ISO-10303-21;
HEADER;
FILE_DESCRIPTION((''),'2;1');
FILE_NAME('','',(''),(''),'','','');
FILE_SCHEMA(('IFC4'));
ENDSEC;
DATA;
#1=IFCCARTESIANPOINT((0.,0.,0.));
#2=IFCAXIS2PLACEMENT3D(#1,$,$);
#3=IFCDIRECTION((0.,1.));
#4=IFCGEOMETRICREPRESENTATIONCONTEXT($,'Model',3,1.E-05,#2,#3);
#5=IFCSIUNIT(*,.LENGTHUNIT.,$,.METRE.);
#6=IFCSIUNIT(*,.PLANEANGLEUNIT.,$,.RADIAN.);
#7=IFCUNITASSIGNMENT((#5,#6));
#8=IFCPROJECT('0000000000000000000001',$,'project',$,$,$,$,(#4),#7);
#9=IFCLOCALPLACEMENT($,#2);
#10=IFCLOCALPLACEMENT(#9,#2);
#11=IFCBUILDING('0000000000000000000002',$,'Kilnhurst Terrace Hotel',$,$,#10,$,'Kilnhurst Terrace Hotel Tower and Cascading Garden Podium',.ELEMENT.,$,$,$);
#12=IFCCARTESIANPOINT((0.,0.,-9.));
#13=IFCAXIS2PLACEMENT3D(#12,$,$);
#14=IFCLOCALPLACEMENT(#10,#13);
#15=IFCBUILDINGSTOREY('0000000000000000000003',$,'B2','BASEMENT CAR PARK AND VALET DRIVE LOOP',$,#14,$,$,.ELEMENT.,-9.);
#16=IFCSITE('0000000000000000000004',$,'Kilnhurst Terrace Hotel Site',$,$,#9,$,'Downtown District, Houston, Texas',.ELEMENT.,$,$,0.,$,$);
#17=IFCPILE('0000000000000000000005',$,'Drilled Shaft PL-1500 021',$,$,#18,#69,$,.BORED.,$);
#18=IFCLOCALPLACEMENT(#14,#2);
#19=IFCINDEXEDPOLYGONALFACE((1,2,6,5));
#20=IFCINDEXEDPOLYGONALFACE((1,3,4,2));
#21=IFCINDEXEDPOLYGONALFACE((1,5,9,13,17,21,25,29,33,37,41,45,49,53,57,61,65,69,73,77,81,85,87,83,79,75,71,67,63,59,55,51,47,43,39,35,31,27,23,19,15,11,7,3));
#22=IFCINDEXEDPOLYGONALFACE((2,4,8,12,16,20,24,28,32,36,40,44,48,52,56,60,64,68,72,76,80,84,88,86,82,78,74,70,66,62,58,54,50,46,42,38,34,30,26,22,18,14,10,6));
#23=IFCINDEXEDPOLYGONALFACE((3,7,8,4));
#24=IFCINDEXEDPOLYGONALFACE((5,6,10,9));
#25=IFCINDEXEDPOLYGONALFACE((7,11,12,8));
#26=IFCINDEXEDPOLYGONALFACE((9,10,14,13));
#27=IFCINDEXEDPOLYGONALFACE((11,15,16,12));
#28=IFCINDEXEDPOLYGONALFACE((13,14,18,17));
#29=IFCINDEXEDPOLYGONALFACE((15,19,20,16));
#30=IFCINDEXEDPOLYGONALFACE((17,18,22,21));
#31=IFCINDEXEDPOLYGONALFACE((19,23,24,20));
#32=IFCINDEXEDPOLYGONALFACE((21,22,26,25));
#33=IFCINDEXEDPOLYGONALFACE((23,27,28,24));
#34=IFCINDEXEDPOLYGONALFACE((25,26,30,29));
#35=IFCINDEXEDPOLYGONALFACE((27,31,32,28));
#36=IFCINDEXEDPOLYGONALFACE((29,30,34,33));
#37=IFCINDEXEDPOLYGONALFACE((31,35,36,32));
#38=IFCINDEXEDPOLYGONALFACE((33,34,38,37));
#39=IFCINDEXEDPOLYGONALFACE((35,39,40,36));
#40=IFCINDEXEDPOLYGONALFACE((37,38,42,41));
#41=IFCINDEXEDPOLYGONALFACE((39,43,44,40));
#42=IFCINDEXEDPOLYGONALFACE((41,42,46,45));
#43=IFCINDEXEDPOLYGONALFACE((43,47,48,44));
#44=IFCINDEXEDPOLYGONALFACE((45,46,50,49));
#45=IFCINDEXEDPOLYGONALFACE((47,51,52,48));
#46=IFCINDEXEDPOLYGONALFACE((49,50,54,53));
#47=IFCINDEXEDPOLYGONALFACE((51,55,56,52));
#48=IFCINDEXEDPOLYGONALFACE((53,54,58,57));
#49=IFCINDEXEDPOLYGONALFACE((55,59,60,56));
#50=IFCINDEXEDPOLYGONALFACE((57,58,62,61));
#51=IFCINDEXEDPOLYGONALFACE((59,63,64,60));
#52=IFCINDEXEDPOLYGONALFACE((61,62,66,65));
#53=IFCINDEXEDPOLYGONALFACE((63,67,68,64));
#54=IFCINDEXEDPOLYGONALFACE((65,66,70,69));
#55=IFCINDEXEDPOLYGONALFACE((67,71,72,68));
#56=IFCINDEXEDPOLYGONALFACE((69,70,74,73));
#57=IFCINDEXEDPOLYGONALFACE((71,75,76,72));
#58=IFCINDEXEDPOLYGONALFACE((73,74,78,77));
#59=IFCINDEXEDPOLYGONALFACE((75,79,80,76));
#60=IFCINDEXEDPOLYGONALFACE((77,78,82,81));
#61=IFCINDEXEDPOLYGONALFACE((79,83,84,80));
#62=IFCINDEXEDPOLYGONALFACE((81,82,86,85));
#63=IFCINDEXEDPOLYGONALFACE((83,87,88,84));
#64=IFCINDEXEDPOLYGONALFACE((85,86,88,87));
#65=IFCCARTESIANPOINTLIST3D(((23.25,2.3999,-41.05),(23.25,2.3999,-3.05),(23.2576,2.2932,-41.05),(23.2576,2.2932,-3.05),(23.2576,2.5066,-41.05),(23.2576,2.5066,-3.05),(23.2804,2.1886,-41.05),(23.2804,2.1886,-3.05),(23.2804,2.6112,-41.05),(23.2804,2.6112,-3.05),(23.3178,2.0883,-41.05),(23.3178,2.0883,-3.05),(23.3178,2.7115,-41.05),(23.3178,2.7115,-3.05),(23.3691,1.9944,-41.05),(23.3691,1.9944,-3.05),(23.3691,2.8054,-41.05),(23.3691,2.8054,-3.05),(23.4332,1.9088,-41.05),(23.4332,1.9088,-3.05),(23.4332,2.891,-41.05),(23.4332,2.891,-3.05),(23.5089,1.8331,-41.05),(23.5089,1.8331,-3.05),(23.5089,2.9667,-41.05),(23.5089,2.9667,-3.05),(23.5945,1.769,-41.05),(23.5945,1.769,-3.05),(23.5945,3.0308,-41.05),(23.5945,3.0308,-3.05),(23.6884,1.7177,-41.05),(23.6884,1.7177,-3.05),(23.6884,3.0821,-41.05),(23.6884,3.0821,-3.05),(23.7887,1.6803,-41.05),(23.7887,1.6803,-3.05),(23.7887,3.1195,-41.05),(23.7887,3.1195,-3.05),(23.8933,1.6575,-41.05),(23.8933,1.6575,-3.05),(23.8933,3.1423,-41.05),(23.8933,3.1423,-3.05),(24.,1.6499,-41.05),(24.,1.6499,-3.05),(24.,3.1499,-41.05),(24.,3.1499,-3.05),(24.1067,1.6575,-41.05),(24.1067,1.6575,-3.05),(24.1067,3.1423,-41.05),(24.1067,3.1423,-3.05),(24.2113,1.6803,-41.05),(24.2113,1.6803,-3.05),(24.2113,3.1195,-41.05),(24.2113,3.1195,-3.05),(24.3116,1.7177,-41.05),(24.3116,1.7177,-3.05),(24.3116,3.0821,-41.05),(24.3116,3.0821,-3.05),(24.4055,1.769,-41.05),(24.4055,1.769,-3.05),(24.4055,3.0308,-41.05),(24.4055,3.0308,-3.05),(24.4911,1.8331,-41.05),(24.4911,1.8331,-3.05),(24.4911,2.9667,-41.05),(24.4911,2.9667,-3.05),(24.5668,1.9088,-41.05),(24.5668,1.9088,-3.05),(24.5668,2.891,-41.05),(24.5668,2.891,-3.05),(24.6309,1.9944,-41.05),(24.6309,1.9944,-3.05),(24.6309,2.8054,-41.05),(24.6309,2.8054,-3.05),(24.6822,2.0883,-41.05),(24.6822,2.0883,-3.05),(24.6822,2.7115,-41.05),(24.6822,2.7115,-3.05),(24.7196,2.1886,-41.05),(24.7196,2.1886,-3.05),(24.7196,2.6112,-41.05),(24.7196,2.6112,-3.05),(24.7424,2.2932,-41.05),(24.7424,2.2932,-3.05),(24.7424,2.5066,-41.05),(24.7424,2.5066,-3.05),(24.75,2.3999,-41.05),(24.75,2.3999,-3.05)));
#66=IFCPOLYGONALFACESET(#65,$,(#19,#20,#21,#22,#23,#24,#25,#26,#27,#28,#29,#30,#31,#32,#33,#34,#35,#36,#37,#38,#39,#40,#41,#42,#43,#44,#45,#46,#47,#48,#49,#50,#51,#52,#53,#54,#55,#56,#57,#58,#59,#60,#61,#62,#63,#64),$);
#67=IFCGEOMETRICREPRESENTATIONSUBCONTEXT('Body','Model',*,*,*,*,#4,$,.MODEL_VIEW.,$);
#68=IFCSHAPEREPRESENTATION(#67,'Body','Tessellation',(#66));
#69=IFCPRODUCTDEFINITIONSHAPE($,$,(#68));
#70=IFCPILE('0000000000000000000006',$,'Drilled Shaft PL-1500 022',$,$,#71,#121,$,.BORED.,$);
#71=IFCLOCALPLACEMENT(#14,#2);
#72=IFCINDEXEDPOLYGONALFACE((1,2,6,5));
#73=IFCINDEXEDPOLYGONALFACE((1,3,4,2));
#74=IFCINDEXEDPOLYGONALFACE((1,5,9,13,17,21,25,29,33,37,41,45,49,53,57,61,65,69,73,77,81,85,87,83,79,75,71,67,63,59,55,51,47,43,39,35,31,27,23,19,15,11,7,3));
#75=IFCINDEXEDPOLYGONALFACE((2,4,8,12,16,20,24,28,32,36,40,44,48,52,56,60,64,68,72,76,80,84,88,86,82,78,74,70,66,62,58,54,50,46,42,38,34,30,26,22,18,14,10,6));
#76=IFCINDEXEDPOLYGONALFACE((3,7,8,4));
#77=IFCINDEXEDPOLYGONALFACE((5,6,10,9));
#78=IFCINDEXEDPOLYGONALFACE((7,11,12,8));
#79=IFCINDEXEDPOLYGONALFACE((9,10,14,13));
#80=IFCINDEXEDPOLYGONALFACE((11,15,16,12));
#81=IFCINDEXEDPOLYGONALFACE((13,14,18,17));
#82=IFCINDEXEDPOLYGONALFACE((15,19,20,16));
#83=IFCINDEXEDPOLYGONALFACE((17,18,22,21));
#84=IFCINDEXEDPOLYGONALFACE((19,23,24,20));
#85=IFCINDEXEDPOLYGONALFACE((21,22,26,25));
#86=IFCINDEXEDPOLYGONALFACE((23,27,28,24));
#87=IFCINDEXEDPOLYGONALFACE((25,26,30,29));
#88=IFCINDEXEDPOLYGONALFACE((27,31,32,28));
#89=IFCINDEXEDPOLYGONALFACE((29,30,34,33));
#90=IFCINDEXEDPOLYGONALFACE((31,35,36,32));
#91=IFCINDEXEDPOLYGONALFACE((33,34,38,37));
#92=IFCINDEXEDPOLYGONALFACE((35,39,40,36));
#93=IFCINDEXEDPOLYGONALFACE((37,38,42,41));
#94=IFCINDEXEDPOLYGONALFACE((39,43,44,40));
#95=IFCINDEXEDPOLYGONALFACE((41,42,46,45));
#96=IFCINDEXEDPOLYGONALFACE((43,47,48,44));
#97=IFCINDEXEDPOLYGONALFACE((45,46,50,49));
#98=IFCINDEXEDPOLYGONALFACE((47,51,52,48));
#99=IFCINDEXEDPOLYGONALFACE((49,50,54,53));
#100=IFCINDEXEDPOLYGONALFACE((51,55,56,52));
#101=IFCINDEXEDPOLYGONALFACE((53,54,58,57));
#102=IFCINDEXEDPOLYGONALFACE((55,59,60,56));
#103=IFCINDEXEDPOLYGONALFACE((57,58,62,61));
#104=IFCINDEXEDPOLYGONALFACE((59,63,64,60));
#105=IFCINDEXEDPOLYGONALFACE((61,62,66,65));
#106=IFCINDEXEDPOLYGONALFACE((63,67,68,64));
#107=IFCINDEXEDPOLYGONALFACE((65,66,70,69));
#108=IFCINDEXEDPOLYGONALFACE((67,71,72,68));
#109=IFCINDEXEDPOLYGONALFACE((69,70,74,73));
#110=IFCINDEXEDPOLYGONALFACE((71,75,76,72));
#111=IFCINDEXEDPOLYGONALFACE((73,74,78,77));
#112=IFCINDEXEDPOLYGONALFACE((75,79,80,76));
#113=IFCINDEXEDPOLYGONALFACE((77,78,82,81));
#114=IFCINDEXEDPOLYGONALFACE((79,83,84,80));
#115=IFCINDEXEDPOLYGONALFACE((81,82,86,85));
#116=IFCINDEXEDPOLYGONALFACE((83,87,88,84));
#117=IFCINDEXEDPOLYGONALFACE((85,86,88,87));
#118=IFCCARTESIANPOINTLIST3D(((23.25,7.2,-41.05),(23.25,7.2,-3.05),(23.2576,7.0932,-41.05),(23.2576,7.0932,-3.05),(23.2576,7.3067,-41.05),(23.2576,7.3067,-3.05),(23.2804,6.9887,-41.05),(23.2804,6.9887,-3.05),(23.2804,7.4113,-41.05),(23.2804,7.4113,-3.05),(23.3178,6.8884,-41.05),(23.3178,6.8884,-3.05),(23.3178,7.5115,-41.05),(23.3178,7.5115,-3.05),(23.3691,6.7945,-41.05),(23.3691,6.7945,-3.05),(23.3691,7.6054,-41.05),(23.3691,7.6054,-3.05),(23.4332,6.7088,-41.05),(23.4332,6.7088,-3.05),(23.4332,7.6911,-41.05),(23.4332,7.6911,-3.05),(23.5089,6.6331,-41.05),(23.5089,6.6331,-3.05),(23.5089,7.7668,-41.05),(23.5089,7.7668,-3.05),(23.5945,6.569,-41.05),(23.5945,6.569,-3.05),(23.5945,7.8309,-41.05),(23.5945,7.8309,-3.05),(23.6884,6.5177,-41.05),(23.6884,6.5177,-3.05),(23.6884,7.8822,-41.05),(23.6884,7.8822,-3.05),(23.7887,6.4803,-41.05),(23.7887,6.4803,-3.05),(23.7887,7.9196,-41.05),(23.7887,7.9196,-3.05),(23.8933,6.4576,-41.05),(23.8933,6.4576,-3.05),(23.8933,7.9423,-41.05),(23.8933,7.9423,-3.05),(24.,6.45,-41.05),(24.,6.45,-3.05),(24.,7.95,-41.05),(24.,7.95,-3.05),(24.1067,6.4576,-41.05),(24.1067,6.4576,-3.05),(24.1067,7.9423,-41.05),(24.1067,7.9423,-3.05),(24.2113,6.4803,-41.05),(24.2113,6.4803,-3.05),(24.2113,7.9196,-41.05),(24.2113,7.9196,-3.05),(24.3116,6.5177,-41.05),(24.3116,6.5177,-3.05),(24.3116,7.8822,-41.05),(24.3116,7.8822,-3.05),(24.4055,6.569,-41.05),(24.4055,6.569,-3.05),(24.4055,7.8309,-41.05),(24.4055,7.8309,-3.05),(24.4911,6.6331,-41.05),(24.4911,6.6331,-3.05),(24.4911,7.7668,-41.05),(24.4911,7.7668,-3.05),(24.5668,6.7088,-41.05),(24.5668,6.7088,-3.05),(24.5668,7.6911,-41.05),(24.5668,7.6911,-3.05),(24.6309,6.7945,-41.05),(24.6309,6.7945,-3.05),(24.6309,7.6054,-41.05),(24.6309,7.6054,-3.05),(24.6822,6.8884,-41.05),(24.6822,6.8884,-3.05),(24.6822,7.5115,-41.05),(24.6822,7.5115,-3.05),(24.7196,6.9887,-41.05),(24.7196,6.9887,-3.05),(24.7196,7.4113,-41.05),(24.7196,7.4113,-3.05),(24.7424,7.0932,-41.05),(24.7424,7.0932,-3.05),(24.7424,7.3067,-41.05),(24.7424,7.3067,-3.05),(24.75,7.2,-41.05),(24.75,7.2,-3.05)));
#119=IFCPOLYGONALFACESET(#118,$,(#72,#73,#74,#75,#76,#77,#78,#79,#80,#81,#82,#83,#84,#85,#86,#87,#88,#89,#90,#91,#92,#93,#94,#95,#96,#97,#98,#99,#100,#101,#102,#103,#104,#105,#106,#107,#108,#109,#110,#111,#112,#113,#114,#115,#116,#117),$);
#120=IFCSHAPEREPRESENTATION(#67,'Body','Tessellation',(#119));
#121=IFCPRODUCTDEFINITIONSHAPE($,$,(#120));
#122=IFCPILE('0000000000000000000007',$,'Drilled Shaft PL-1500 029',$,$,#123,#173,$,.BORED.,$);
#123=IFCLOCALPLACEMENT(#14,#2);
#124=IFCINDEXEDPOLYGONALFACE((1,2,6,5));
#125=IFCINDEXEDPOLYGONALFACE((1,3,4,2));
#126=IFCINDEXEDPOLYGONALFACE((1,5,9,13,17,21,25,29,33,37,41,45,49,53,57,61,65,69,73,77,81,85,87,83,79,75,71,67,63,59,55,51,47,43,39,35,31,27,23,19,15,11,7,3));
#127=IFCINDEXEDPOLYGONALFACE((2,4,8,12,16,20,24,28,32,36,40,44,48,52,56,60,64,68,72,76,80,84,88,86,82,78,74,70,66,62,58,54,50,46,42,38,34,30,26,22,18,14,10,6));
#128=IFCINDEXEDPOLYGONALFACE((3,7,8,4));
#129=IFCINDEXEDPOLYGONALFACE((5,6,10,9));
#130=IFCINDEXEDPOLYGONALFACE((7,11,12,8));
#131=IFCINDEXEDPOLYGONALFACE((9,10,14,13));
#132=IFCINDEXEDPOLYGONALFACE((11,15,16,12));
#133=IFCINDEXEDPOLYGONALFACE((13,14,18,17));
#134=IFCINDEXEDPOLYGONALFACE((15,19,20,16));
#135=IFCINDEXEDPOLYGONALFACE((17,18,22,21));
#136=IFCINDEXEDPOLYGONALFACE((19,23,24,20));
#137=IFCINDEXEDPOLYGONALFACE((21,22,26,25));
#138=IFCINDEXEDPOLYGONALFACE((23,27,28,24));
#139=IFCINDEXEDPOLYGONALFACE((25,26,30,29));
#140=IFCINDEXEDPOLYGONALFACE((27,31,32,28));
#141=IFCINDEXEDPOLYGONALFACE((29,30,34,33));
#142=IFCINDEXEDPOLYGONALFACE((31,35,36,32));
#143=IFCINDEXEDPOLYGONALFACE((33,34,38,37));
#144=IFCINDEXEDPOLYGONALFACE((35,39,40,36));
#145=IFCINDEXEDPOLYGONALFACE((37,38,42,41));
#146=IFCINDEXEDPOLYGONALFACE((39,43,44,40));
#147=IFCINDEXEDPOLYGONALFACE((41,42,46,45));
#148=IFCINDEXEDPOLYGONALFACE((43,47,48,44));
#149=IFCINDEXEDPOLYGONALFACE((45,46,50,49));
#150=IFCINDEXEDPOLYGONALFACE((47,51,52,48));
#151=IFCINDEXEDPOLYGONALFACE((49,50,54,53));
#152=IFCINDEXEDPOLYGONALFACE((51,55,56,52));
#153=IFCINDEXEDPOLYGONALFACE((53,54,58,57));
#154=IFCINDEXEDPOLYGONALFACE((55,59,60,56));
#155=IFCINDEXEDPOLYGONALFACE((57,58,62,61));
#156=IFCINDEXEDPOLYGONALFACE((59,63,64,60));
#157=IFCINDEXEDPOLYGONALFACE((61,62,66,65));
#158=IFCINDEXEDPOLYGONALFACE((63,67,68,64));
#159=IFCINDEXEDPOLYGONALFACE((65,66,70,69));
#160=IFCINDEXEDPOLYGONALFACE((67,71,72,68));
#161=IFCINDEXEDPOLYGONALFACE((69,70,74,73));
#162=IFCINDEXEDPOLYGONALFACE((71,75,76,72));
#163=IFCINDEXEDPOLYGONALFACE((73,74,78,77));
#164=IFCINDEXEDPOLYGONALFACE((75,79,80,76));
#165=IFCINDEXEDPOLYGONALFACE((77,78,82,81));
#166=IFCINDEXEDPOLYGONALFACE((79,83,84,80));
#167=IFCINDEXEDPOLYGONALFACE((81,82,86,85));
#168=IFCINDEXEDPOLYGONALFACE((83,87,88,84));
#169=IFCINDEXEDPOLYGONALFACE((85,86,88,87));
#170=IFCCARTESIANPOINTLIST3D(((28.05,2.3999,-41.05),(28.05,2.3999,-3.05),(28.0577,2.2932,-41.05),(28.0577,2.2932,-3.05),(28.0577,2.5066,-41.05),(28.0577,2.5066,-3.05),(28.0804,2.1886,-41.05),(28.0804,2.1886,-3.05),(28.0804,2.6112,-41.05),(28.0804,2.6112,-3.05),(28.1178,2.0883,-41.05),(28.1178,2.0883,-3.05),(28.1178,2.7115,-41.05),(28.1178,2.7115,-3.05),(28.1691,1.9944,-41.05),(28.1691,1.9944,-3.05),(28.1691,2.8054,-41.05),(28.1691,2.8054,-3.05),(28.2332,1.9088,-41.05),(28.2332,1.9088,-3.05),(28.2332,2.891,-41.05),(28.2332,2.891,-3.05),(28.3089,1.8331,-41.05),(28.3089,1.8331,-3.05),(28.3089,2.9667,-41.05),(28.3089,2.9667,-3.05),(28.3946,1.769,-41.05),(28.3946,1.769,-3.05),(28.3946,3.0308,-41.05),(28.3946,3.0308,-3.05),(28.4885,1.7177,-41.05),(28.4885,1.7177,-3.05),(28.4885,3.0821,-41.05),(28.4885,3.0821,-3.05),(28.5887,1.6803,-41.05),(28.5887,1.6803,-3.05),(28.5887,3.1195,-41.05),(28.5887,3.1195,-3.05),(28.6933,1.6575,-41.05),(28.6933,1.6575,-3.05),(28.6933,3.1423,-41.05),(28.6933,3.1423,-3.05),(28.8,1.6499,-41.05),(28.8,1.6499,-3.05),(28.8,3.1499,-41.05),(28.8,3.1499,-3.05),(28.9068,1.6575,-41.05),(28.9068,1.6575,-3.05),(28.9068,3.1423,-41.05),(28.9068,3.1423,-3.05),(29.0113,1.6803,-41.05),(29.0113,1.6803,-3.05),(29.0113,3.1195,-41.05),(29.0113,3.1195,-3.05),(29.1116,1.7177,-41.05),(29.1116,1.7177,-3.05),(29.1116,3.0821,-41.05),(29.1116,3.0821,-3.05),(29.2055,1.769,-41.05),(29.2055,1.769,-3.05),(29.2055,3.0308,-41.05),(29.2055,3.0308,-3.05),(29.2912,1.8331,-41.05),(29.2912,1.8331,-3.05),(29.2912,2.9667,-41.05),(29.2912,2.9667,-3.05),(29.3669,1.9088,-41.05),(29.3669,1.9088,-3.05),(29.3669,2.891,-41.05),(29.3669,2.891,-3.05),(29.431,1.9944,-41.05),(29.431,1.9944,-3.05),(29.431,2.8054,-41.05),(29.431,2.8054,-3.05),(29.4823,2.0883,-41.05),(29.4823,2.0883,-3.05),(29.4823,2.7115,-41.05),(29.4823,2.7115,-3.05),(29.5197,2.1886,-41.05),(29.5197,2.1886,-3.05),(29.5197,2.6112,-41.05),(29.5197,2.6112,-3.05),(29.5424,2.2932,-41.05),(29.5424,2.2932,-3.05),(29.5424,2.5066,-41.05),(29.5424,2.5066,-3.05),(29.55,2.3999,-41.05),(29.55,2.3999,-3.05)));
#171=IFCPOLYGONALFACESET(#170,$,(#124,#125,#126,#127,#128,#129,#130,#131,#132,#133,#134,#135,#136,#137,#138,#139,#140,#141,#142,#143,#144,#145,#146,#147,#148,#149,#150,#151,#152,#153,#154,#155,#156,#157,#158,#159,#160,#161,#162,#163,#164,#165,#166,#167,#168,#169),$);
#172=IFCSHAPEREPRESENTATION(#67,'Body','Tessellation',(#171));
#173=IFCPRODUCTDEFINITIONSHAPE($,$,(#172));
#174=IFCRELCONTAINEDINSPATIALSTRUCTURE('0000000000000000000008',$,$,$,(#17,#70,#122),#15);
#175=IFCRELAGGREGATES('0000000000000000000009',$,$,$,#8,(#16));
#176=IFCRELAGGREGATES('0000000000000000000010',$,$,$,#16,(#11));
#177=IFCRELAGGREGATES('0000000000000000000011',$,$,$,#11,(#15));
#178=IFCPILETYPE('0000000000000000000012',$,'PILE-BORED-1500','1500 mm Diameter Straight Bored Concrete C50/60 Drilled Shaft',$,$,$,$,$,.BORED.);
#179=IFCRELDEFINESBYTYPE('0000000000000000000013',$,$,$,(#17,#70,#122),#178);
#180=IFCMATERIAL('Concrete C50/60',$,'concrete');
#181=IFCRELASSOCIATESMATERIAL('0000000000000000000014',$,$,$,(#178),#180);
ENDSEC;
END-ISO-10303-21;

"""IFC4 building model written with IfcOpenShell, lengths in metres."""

from ifc_helpers import new_model, si_unit, direction, frame, origin, origin_2d, place, context, subcontext, project, spatial, circle, extrude, material, material_profile, profile_set, type_object, element, save


model = new_model("IFC4")

# Units and contexts
model_context = context("Model", 3, precision=1e-05, world=origin(), true_north=direction((0.0, 1.0)))
body_context = subcontext(model_context, "Body", "Model", "MODEL_VIEW")
ifc_project = project(units=[si_unit("LENGTHUNIT", "METRE"), si_unit("PLANEANGLEUNIT", "RADIAN")], contexts=[model_context])

# Site, building, storey
site_placement = place(None, origin())
site = spatial("IfcSite", under=ifc_project, at=site_placement, Name="Kilnhurst Terrace Hotel Site", LongName="Downtown District, Houston, Texas", CompositionType="ELEMENT", RefElevation=0.0)
building_placement = place(site_placement, origin())
building = spatial("IfcBuilding", under=site, at=building_placement, Name="Kilnhurst Terrace Hotel", LongName="Kilnhurst Terrace Hotel Tower and Cascading Garden Podium", CompositionType="ELEMENT")
storey_placement = place(building_placement, frame((0.0, 0.0, -9.0)))
storey = spatial("IfcBuildingStorey", under=building, at=storey_placement, Name="B2", Description="BASEMENT CAR PARK AND VALET DRIVE LOOP", CompositionType="ELEMENT", Elevation=-9.0)

# Piles
ifc_material_1 = material(Name="Concrete C50/60", Category="concrete")
ifc_material_profile_1 = material_profile(ifc_material_1, circle(Radius=0.75, at=origin_2d()), Name="PILE1500")
ifc_profile_set_1 = profile_set([ifc_material_profile_1], Name="Concrete C50/60")
pile_type_1 = type_object("IfcPileType", Name="PILE-BORED-1500", Description="1500 mm Diameter Straight Bored Concrete C50/60 Drilled Shaft", PredefinedType="BORED", material=ifc_profile_set_1)
for number, where, z_axis, x_axis, name in (
    (1, (24.0, 2.3999, -3.05), (0.0, 0.0, -1.0), (1.0, 0.0, 0.0), "Drilled Shaft PL-1500 021"),
    (2, (24.0, 7.2, -3.05), (0.0, 0.0, -1.0), (1.0, 0.0, 0.0), "Drilled Shaft PL-1500 022"),
    (3, (28.8, 2.3999, -3.05), (0.0, 0.0, -1.0), (1.0, 0.0, 0.0), "Drilled Shaft PL-1500 029"),
):
    element("IfcPile", number, at=place(storey_placement, frame(where, z_axis=z_axis, x_axis=x_axis)), inside=storey, type_object=pile_type_1, Name=name, PredefinedType="BORED", context=body_context, shape_type="SweptSolid", body=[
        extrude(circle(Radius=0.75, at=origin_2d()), origin(), (0.0, 0.0, 1.0), 38.0),
    ])

save(model, "model.ifc")
